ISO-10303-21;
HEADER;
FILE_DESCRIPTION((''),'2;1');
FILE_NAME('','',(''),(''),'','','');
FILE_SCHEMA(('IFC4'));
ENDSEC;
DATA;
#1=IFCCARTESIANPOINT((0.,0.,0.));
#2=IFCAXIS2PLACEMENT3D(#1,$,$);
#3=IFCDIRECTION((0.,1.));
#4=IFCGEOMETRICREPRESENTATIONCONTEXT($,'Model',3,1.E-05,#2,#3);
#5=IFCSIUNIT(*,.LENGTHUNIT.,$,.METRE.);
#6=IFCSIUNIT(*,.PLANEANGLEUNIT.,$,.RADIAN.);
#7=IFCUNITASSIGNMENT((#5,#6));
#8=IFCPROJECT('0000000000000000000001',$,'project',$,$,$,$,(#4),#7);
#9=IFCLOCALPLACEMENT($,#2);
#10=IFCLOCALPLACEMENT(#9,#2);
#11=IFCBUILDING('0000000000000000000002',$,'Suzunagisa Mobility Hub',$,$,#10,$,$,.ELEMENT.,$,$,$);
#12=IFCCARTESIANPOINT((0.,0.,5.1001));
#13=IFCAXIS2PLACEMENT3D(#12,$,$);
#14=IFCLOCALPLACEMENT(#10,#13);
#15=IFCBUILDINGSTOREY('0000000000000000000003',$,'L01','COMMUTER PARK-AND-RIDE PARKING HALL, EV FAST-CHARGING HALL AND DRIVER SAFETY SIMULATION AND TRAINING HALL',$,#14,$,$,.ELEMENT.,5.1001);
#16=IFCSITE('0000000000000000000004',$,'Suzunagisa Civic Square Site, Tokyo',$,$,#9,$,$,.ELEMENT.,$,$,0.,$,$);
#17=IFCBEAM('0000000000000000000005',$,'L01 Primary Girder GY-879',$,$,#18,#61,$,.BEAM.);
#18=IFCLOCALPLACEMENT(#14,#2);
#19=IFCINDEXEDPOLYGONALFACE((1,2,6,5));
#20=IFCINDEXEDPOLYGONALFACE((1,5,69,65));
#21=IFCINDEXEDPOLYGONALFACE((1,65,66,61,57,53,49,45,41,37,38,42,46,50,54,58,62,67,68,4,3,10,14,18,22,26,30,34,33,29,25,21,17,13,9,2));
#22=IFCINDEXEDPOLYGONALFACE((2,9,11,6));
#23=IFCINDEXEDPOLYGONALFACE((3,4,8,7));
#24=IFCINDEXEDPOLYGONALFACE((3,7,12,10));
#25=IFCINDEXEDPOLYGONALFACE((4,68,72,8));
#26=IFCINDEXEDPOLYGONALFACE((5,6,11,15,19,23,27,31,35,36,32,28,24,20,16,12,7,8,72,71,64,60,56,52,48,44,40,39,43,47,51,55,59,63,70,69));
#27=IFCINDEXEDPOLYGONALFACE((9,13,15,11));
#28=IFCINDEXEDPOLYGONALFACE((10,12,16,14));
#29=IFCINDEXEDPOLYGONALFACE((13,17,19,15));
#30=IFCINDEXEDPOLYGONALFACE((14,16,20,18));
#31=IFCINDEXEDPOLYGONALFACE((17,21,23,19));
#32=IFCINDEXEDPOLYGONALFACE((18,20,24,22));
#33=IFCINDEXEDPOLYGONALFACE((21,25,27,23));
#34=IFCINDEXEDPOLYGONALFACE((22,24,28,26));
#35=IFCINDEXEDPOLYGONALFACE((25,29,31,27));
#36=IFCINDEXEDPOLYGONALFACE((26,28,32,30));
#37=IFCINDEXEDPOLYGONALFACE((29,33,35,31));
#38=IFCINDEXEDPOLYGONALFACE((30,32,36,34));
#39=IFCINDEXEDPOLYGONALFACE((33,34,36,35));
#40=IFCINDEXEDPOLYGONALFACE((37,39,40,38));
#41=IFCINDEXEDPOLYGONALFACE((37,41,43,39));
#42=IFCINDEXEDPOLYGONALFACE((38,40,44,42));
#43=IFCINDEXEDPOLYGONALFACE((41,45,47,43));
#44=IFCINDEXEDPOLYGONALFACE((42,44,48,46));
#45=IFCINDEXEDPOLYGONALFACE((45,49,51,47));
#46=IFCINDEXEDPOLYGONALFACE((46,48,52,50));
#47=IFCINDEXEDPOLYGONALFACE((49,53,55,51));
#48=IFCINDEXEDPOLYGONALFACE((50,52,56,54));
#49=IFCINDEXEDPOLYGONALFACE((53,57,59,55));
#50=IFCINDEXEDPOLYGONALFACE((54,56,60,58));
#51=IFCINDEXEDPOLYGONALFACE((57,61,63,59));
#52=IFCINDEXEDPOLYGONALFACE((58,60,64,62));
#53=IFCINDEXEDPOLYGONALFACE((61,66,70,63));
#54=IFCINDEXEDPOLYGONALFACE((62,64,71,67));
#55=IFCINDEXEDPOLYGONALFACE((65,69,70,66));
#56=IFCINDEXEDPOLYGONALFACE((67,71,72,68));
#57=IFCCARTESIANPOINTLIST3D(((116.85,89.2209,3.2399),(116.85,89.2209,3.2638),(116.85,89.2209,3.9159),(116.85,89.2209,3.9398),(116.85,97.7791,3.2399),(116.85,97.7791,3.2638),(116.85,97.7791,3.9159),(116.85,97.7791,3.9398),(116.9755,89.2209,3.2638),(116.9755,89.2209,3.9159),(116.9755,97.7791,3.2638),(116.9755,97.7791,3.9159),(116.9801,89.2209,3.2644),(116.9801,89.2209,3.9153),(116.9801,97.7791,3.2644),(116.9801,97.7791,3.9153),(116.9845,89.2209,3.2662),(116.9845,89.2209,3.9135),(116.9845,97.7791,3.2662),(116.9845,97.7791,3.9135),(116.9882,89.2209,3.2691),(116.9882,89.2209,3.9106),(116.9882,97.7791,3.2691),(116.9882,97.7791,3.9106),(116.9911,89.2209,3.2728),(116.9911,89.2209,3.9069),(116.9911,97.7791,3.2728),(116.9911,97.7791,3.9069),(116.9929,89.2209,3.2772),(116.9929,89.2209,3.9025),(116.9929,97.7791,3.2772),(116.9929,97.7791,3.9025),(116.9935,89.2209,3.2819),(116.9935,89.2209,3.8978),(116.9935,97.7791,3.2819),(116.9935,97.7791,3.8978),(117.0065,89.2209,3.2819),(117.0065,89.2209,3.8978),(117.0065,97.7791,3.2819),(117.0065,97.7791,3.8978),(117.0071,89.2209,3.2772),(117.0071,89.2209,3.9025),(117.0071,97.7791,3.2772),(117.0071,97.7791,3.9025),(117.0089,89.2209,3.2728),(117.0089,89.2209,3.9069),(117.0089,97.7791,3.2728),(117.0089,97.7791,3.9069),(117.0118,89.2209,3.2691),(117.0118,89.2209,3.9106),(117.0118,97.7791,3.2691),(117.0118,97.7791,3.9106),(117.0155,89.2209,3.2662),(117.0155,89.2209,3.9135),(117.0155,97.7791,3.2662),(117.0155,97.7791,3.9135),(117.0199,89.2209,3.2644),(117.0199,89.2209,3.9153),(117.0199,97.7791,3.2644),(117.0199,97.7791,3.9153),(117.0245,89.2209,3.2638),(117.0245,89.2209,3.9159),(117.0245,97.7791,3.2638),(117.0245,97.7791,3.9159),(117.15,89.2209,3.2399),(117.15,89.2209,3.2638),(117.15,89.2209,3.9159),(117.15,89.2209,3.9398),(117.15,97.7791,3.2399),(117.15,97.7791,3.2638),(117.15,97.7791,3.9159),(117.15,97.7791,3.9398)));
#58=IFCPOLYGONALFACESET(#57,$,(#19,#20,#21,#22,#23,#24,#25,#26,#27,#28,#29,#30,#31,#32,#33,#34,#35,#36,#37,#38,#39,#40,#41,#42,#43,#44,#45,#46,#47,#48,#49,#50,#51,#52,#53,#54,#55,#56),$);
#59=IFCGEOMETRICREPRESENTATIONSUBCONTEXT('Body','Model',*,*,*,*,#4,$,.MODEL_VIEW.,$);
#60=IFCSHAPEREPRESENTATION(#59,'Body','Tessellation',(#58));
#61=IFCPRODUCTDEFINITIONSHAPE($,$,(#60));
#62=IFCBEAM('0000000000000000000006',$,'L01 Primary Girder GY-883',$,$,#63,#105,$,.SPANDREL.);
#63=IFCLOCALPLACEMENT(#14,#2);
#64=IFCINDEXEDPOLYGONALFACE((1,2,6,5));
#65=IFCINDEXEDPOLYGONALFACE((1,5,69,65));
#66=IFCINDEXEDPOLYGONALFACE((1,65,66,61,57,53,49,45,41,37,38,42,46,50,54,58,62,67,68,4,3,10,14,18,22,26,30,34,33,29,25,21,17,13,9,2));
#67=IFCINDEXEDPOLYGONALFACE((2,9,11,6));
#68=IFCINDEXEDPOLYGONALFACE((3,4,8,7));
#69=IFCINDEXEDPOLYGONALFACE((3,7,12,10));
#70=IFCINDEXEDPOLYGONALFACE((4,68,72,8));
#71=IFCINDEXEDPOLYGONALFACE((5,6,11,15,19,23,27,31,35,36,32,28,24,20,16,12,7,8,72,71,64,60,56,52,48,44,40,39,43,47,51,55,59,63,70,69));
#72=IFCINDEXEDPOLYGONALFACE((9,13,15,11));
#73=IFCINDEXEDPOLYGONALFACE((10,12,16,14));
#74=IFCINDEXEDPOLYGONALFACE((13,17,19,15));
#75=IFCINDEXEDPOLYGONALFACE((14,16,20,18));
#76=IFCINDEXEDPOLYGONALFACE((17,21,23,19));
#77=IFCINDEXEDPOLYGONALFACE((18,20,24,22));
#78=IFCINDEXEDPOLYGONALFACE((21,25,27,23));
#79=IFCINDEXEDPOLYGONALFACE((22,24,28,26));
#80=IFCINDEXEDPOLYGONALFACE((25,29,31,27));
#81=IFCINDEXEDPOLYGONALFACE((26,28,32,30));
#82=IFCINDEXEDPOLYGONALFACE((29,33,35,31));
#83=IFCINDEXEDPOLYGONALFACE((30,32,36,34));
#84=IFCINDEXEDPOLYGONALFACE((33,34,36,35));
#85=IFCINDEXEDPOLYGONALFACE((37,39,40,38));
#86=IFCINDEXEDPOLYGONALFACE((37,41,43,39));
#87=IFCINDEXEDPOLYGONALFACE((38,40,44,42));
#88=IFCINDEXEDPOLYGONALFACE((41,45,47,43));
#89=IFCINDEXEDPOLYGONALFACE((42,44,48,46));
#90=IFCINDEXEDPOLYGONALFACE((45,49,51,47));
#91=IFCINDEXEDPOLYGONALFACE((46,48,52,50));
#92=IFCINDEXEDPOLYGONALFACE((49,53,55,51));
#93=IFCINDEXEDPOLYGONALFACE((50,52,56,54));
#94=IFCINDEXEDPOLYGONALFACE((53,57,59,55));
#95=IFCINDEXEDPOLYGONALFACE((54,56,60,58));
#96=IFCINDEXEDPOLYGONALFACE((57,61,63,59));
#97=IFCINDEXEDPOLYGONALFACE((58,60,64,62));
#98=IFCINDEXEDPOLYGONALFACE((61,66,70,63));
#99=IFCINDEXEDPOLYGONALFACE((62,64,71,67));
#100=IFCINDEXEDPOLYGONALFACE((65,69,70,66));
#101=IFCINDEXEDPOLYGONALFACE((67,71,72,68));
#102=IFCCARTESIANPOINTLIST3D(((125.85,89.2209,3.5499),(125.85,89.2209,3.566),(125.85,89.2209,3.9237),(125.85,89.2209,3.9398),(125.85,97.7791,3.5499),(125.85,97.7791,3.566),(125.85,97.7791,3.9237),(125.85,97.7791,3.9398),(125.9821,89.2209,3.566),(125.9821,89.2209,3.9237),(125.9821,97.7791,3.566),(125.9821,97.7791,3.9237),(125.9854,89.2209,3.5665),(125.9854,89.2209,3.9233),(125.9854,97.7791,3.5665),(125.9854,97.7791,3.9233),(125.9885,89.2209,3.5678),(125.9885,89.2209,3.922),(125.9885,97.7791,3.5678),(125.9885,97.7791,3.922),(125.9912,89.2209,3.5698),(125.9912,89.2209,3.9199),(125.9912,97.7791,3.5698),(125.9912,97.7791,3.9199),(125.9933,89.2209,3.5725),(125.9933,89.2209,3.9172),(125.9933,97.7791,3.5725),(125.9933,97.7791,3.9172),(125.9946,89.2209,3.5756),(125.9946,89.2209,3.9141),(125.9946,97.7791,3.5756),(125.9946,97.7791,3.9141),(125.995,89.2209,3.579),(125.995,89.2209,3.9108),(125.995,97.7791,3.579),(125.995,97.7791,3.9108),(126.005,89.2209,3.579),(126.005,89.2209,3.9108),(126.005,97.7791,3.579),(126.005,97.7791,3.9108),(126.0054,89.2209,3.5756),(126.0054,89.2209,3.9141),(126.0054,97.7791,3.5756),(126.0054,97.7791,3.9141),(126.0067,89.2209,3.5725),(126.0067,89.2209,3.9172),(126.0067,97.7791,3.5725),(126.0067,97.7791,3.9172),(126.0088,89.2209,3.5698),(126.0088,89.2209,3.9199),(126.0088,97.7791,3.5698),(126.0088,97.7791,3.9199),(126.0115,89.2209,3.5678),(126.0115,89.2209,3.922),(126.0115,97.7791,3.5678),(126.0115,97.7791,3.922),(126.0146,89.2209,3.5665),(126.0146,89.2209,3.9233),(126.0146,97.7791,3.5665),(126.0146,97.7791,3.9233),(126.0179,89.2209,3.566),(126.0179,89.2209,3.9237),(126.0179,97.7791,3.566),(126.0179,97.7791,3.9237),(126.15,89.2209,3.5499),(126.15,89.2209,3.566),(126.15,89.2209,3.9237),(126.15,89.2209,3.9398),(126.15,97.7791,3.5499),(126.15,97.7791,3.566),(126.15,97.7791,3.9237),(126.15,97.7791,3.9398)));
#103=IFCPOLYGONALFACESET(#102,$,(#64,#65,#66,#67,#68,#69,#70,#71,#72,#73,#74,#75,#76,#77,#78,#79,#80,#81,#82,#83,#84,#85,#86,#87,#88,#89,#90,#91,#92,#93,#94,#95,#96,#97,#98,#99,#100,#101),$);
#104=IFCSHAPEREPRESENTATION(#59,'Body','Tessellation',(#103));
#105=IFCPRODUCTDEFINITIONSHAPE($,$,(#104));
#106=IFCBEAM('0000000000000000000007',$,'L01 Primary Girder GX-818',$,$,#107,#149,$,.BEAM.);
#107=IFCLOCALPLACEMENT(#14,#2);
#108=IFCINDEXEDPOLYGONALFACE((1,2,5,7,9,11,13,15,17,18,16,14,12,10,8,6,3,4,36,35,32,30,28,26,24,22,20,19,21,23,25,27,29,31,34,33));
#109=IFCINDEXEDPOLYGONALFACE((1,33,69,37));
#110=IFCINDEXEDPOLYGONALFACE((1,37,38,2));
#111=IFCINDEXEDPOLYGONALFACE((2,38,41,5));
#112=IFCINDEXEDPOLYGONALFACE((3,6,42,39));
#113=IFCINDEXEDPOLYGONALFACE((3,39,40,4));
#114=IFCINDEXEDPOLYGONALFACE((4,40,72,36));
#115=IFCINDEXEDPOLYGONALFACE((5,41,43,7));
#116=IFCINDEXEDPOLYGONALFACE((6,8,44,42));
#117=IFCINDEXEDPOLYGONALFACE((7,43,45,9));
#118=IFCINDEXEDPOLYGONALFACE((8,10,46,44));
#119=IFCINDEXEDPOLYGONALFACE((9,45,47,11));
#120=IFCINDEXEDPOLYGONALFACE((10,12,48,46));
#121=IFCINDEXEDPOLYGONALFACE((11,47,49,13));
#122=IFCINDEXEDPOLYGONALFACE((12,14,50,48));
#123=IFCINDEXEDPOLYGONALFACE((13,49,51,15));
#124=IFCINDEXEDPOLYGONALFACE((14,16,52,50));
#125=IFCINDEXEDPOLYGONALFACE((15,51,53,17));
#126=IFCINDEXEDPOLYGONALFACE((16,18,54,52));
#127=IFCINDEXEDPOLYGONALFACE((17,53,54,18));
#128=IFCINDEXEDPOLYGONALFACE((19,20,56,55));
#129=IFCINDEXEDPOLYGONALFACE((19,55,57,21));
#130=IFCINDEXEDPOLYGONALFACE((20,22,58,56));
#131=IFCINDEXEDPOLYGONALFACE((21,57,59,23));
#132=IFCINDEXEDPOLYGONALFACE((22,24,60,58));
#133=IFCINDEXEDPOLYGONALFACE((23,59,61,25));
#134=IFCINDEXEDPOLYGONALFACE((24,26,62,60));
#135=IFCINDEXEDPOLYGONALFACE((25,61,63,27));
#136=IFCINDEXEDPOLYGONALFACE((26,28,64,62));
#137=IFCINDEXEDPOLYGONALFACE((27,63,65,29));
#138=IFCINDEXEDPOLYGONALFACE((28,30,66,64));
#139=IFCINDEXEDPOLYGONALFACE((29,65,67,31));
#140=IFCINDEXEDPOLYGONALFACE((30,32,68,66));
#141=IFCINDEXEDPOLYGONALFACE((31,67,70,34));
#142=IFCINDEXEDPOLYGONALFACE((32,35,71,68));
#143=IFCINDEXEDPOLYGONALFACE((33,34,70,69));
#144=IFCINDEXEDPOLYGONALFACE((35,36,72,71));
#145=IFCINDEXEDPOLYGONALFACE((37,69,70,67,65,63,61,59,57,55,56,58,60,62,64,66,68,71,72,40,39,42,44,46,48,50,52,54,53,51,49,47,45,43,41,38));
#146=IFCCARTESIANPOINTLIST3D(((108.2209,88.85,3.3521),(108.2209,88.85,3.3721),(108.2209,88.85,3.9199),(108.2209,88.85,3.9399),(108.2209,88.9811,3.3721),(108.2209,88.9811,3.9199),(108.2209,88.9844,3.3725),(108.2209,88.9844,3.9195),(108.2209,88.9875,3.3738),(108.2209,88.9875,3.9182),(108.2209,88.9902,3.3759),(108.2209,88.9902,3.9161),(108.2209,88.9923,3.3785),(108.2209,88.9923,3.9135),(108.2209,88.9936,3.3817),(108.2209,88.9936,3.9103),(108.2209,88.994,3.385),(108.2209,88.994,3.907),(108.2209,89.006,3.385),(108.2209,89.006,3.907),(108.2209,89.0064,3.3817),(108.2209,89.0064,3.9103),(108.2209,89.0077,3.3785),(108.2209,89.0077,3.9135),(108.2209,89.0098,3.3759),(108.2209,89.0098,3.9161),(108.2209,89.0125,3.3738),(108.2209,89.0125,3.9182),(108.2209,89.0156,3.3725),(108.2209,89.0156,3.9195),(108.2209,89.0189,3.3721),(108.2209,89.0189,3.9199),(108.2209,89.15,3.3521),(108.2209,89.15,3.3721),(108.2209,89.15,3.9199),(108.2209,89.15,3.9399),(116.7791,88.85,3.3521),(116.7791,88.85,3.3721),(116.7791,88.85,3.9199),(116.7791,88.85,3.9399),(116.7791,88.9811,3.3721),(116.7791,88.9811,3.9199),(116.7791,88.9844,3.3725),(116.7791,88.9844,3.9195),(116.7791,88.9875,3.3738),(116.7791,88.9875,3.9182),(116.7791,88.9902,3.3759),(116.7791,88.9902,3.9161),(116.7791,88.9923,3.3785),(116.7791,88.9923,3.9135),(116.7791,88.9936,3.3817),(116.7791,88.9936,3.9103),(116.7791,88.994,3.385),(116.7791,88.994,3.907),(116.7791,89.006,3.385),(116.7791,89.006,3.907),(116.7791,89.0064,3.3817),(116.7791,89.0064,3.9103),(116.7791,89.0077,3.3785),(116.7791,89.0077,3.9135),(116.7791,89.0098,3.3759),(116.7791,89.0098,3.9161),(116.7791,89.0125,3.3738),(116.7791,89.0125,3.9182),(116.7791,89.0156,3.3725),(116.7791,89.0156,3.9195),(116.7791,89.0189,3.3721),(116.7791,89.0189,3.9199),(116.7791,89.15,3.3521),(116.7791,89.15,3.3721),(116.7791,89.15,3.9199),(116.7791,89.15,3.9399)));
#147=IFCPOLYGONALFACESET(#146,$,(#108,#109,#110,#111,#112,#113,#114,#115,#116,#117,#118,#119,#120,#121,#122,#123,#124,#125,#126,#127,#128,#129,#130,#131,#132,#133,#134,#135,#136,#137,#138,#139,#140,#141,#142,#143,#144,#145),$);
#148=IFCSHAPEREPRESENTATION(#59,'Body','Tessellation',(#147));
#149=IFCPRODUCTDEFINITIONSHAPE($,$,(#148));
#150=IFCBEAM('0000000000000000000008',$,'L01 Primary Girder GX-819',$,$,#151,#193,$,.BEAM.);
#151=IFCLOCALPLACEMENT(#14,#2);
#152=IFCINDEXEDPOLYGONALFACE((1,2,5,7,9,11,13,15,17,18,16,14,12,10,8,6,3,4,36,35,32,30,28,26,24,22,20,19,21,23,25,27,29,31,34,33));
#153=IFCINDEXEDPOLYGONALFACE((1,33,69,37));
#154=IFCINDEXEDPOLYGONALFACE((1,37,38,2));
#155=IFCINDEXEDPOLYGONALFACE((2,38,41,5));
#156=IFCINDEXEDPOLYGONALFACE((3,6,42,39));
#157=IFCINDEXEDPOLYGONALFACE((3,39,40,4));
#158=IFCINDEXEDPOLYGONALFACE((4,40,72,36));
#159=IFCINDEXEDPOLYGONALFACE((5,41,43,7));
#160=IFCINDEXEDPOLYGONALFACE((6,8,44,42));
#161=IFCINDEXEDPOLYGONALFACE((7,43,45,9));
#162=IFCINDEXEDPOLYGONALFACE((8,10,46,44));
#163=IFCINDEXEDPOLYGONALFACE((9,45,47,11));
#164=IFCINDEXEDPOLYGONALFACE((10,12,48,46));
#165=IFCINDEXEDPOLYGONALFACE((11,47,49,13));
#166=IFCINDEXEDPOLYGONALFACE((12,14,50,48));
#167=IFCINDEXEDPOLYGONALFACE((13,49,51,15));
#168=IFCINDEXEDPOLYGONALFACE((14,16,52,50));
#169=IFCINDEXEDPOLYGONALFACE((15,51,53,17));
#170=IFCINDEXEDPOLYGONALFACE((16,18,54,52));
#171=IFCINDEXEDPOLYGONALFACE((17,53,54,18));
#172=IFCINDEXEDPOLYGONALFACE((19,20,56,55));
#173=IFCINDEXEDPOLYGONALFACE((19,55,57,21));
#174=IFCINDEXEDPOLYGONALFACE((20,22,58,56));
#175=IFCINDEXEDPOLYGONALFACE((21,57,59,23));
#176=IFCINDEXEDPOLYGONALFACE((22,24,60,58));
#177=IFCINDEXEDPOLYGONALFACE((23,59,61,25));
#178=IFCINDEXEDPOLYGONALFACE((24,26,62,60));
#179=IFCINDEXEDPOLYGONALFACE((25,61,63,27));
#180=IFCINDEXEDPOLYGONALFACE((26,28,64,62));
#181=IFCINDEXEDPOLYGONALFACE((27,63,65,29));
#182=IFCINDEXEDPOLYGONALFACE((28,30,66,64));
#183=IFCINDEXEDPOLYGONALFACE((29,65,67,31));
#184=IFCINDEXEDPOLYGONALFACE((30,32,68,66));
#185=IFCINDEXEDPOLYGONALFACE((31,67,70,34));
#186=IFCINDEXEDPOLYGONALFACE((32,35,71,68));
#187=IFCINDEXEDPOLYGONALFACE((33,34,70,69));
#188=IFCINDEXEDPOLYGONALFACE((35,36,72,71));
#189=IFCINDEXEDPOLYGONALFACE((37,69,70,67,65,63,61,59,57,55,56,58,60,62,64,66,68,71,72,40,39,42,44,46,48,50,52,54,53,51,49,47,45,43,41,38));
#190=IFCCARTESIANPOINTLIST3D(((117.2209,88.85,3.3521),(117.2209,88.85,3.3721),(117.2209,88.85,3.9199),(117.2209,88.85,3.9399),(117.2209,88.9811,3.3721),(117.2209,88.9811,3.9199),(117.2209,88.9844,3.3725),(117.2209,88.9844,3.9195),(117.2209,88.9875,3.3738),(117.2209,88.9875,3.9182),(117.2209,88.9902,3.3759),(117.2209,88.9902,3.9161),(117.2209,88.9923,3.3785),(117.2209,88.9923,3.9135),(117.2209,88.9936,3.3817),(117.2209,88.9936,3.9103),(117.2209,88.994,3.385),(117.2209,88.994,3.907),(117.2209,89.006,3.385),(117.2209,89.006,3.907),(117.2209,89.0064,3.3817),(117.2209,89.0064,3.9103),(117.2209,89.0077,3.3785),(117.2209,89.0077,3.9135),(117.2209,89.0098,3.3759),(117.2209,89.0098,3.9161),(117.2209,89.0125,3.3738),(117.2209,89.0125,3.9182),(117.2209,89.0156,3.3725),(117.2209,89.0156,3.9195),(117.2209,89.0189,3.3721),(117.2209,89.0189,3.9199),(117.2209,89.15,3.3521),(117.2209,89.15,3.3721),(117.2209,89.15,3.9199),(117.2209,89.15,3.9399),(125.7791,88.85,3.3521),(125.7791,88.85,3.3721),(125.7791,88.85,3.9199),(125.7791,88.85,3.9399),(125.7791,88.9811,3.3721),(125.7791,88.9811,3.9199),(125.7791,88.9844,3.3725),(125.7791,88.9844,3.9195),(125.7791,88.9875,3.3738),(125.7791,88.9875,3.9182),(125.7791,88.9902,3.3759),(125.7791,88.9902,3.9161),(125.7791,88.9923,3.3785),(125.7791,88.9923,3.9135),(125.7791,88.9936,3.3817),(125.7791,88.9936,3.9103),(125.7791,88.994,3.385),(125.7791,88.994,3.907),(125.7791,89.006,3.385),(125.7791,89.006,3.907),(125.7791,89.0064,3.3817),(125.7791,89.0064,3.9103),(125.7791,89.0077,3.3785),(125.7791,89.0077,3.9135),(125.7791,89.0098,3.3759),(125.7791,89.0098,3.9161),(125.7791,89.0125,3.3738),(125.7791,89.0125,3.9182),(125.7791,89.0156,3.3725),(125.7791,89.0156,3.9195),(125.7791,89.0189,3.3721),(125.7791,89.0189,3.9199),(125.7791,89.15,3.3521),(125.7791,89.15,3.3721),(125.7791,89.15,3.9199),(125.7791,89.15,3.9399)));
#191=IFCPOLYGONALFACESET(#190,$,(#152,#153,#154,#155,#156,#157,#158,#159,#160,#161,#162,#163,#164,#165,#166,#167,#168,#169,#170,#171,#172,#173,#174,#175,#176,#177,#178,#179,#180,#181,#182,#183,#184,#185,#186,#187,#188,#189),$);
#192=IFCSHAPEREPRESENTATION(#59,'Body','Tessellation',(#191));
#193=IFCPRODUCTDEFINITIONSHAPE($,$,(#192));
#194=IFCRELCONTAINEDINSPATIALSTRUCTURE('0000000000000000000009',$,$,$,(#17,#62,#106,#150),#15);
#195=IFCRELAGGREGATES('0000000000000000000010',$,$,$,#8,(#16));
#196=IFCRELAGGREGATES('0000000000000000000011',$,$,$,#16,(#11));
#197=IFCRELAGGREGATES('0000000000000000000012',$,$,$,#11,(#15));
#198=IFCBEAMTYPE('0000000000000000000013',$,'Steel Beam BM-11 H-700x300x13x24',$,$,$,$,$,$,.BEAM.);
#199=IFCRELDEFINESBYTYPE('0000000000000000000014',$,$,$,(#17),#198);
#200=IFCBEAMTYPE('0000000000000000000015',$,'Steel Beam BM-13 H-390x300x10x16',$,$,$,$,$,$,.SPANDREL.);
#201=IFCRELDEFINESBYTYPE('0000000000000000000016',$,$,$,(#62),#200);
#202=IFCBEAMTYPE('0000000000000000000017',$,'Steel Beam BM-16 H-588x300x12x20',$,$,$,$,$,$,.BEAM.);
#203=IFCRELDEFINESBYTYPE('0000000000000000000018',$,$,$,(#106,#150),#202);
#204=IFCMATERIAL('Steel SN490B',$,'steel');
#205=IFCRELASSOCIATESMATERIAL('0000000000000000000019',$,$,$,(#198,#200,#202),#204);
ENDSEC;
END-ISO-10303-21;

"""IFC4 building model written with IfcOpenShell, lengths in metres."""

from ifc_helpers import new_model, si_unit, direction, frame, origin, origin_2d, place, context, subcontext, project, spatial, i_section, extrude, material, material_profile, profile_set, type_object, element, save


model = new_model("IFC4")

# Units and contexts
model_context = context("Model", 3, precision=1e-05, world=origin(), true_north=direction((0.0, 1.0)))
body_context = subcontext(model_context, "Body", "Model", "MODEL_VIEW")
ifc_project = project(units=[si_unit("LENGTHUNIT", "METRE"), si_unit("PLANEANGLEUNIT", "RADIAN")], contexts=[model_context])

# Site, building, storey
site_placement = place(None, origin())
site = spatial("IfcSite", under=ifc_project, at=site_placement, Name="Suzunagisa Civic Square Site, Tokyo", CompositionType="ELEMENT", RefElevation=0.0)
building_placement = place(site_placement, origin())
building = spatial("IfcBuilding", under=site, at=building_placement, Name="Suzunagisa Mobility Hub", CompositionType="ELEMENT")
storey_placement = place(building_placement, frame((0.0, 0.0, 5.1001)))
storey = spatial("IfcBuildingStorey", under=building, at=storey_placement, Name="L01", Description="COMMUTER PARK-AND-RIDE PARKING HALL, EV FAST-CHARGING HALL AND DRIVER SAFETY SIMULATION AND TRAINING HALL", CompositionType="ELEMENT", Elevation=5.1001)

# Shared definitions
ifc_material_1 = material(Name="Steel SN490B", Category="steel")

# Beams
ifc_material_profile_1 = material_profile(ifc_material_1, i_section(OverallWidth=0.3, OverallDepth=0.7, WebThickness=0.0129, FlangeThickness=0.0239, FilletRadius=0.0181, at=origin_2d()), Name="H-700x300x13x24")
ifc_profile_set_1 = profile_set([ifc_material_profile_1], Name="Steel SN490B")
beam_type_1 = type_object("IfcBeamType", Name="Steel Beam BM-11 H-700x300x13x24", PredefinedType="BEAM", material=ifc_profile_set_1)
beam_1_placement = place(storey_placement, frame((117.0, 89.2209, 3.5898), z_axis=(0.0, 1.0, 0.0), x_axis=(-1.0, 0.0, 0.0)))
element("IfcBeam", 1, at=beam_1_placement, inside=storey, type_object=beam_type_1, Name="L01 Primary Girder GY-879", PredefinedType="BEAM", context=body_context, shape_type="SweptSolid", body=[
    extrude(i_section(OverallWidth=0.3, OverallDepth=0.7, WebThickness=0.0129, FlangeThickness=0.0239, FilletRadius=0.0181, at=origin_2d()), origin(), (0.0, 0.0, 1.0), 8.5581),
])
ifc_material_profile_2 = material_profile(ifc_material_1, i_section(OverallWidth=0.3, OverallDepth=0.3899, WebThickness=0.01, FlangeThickness=0.0161, FilletRadius=0.0129, at=origin_2d()), Name="H-390x300x10x16")
ifc_profile_set_2 = profile_set([ifc_material_profile_2], Name="Steel SN490B")
beam_type_2 = type_object("IfcBeamType", Name="Steel Beam BM-13 H-390x300x10x16", PredefinedType="SPANDREL", material=ifc_profile_set_2)
beam_2_placement = place(storey_placement, frame((126.0, 89.2209, 3.7449), z_axis=(0.0, 1.0, 0.0), x_axis=(-1.0, 0.0, 0.0)))
element("IfcBeam", 2, at=beam_2_placement, inside=storey, type_object=beam_type_2, Name="L01 Primary Girder GY-883", PredefinedType="SPANDREL", context=body_context, shape_type="SweptSolid", body=[
    extrude(i_section(OverallWidth=0.3, OverallDepth=0.3899, WebThickness=0.01, FlangeThickness=0.0161, FilletRadius=0.0129, at=origin_2d()), origin(), (0.0, 0.0, 1.0), 8.5581),
])
ifc_material_profile_3 = material_profile(ifc_material_1, i_section(OverallWidth=0.3, OverallDepth=0.5879, WebThickness=0.012, FlangeThickness=0.02, FilletRadius=0.0129, at=origin_2d()), Name="H-588x300x12x20")
ifc_profile_set_3 = profile_set([ifc_material_profile_3], Name="Steel SN490B")
beam_type_3 = type_object("IfcBeamType", Name="Steel Beam BM-16 H-588x300x12x20", PredefinedType="BEAM", material=ifc_profile_set_3)
for number, where, z_axis, x_axis, name in (
    (3, (108.2209, 89.0, 3.646), (1.0, 0.0, 0.0), (0.0, 1.0, 0.0), "L01 Primary Girder GX-818"),
    (4, (117.2209, 89.0, 3.646), (1.0, 0.0, 0.0), (0.0, 1.0, 0.0), "L01 Primary Girder GX-819"),
):
    element("IfcBeam", number, at=place(storey_placement, frame(where, z_axis=z_axis, x_axis=x_axis)), inside=storey, type_object=beam_type_3, Name=name, PredefinedType="BEAM", context=body_context, shape_type="SweptSolid", body=[
        extrude(i_section(OverallWidth=0.3, OverallDepth=0.5879, WebThickness=0.012, FlangeThickness=0.02, FilletRadius=0.0129, at=origin_2d()), origin(), (0.0, 0.0, 1.0), 8.5581),
    ])

save(model, "model.ifc")
